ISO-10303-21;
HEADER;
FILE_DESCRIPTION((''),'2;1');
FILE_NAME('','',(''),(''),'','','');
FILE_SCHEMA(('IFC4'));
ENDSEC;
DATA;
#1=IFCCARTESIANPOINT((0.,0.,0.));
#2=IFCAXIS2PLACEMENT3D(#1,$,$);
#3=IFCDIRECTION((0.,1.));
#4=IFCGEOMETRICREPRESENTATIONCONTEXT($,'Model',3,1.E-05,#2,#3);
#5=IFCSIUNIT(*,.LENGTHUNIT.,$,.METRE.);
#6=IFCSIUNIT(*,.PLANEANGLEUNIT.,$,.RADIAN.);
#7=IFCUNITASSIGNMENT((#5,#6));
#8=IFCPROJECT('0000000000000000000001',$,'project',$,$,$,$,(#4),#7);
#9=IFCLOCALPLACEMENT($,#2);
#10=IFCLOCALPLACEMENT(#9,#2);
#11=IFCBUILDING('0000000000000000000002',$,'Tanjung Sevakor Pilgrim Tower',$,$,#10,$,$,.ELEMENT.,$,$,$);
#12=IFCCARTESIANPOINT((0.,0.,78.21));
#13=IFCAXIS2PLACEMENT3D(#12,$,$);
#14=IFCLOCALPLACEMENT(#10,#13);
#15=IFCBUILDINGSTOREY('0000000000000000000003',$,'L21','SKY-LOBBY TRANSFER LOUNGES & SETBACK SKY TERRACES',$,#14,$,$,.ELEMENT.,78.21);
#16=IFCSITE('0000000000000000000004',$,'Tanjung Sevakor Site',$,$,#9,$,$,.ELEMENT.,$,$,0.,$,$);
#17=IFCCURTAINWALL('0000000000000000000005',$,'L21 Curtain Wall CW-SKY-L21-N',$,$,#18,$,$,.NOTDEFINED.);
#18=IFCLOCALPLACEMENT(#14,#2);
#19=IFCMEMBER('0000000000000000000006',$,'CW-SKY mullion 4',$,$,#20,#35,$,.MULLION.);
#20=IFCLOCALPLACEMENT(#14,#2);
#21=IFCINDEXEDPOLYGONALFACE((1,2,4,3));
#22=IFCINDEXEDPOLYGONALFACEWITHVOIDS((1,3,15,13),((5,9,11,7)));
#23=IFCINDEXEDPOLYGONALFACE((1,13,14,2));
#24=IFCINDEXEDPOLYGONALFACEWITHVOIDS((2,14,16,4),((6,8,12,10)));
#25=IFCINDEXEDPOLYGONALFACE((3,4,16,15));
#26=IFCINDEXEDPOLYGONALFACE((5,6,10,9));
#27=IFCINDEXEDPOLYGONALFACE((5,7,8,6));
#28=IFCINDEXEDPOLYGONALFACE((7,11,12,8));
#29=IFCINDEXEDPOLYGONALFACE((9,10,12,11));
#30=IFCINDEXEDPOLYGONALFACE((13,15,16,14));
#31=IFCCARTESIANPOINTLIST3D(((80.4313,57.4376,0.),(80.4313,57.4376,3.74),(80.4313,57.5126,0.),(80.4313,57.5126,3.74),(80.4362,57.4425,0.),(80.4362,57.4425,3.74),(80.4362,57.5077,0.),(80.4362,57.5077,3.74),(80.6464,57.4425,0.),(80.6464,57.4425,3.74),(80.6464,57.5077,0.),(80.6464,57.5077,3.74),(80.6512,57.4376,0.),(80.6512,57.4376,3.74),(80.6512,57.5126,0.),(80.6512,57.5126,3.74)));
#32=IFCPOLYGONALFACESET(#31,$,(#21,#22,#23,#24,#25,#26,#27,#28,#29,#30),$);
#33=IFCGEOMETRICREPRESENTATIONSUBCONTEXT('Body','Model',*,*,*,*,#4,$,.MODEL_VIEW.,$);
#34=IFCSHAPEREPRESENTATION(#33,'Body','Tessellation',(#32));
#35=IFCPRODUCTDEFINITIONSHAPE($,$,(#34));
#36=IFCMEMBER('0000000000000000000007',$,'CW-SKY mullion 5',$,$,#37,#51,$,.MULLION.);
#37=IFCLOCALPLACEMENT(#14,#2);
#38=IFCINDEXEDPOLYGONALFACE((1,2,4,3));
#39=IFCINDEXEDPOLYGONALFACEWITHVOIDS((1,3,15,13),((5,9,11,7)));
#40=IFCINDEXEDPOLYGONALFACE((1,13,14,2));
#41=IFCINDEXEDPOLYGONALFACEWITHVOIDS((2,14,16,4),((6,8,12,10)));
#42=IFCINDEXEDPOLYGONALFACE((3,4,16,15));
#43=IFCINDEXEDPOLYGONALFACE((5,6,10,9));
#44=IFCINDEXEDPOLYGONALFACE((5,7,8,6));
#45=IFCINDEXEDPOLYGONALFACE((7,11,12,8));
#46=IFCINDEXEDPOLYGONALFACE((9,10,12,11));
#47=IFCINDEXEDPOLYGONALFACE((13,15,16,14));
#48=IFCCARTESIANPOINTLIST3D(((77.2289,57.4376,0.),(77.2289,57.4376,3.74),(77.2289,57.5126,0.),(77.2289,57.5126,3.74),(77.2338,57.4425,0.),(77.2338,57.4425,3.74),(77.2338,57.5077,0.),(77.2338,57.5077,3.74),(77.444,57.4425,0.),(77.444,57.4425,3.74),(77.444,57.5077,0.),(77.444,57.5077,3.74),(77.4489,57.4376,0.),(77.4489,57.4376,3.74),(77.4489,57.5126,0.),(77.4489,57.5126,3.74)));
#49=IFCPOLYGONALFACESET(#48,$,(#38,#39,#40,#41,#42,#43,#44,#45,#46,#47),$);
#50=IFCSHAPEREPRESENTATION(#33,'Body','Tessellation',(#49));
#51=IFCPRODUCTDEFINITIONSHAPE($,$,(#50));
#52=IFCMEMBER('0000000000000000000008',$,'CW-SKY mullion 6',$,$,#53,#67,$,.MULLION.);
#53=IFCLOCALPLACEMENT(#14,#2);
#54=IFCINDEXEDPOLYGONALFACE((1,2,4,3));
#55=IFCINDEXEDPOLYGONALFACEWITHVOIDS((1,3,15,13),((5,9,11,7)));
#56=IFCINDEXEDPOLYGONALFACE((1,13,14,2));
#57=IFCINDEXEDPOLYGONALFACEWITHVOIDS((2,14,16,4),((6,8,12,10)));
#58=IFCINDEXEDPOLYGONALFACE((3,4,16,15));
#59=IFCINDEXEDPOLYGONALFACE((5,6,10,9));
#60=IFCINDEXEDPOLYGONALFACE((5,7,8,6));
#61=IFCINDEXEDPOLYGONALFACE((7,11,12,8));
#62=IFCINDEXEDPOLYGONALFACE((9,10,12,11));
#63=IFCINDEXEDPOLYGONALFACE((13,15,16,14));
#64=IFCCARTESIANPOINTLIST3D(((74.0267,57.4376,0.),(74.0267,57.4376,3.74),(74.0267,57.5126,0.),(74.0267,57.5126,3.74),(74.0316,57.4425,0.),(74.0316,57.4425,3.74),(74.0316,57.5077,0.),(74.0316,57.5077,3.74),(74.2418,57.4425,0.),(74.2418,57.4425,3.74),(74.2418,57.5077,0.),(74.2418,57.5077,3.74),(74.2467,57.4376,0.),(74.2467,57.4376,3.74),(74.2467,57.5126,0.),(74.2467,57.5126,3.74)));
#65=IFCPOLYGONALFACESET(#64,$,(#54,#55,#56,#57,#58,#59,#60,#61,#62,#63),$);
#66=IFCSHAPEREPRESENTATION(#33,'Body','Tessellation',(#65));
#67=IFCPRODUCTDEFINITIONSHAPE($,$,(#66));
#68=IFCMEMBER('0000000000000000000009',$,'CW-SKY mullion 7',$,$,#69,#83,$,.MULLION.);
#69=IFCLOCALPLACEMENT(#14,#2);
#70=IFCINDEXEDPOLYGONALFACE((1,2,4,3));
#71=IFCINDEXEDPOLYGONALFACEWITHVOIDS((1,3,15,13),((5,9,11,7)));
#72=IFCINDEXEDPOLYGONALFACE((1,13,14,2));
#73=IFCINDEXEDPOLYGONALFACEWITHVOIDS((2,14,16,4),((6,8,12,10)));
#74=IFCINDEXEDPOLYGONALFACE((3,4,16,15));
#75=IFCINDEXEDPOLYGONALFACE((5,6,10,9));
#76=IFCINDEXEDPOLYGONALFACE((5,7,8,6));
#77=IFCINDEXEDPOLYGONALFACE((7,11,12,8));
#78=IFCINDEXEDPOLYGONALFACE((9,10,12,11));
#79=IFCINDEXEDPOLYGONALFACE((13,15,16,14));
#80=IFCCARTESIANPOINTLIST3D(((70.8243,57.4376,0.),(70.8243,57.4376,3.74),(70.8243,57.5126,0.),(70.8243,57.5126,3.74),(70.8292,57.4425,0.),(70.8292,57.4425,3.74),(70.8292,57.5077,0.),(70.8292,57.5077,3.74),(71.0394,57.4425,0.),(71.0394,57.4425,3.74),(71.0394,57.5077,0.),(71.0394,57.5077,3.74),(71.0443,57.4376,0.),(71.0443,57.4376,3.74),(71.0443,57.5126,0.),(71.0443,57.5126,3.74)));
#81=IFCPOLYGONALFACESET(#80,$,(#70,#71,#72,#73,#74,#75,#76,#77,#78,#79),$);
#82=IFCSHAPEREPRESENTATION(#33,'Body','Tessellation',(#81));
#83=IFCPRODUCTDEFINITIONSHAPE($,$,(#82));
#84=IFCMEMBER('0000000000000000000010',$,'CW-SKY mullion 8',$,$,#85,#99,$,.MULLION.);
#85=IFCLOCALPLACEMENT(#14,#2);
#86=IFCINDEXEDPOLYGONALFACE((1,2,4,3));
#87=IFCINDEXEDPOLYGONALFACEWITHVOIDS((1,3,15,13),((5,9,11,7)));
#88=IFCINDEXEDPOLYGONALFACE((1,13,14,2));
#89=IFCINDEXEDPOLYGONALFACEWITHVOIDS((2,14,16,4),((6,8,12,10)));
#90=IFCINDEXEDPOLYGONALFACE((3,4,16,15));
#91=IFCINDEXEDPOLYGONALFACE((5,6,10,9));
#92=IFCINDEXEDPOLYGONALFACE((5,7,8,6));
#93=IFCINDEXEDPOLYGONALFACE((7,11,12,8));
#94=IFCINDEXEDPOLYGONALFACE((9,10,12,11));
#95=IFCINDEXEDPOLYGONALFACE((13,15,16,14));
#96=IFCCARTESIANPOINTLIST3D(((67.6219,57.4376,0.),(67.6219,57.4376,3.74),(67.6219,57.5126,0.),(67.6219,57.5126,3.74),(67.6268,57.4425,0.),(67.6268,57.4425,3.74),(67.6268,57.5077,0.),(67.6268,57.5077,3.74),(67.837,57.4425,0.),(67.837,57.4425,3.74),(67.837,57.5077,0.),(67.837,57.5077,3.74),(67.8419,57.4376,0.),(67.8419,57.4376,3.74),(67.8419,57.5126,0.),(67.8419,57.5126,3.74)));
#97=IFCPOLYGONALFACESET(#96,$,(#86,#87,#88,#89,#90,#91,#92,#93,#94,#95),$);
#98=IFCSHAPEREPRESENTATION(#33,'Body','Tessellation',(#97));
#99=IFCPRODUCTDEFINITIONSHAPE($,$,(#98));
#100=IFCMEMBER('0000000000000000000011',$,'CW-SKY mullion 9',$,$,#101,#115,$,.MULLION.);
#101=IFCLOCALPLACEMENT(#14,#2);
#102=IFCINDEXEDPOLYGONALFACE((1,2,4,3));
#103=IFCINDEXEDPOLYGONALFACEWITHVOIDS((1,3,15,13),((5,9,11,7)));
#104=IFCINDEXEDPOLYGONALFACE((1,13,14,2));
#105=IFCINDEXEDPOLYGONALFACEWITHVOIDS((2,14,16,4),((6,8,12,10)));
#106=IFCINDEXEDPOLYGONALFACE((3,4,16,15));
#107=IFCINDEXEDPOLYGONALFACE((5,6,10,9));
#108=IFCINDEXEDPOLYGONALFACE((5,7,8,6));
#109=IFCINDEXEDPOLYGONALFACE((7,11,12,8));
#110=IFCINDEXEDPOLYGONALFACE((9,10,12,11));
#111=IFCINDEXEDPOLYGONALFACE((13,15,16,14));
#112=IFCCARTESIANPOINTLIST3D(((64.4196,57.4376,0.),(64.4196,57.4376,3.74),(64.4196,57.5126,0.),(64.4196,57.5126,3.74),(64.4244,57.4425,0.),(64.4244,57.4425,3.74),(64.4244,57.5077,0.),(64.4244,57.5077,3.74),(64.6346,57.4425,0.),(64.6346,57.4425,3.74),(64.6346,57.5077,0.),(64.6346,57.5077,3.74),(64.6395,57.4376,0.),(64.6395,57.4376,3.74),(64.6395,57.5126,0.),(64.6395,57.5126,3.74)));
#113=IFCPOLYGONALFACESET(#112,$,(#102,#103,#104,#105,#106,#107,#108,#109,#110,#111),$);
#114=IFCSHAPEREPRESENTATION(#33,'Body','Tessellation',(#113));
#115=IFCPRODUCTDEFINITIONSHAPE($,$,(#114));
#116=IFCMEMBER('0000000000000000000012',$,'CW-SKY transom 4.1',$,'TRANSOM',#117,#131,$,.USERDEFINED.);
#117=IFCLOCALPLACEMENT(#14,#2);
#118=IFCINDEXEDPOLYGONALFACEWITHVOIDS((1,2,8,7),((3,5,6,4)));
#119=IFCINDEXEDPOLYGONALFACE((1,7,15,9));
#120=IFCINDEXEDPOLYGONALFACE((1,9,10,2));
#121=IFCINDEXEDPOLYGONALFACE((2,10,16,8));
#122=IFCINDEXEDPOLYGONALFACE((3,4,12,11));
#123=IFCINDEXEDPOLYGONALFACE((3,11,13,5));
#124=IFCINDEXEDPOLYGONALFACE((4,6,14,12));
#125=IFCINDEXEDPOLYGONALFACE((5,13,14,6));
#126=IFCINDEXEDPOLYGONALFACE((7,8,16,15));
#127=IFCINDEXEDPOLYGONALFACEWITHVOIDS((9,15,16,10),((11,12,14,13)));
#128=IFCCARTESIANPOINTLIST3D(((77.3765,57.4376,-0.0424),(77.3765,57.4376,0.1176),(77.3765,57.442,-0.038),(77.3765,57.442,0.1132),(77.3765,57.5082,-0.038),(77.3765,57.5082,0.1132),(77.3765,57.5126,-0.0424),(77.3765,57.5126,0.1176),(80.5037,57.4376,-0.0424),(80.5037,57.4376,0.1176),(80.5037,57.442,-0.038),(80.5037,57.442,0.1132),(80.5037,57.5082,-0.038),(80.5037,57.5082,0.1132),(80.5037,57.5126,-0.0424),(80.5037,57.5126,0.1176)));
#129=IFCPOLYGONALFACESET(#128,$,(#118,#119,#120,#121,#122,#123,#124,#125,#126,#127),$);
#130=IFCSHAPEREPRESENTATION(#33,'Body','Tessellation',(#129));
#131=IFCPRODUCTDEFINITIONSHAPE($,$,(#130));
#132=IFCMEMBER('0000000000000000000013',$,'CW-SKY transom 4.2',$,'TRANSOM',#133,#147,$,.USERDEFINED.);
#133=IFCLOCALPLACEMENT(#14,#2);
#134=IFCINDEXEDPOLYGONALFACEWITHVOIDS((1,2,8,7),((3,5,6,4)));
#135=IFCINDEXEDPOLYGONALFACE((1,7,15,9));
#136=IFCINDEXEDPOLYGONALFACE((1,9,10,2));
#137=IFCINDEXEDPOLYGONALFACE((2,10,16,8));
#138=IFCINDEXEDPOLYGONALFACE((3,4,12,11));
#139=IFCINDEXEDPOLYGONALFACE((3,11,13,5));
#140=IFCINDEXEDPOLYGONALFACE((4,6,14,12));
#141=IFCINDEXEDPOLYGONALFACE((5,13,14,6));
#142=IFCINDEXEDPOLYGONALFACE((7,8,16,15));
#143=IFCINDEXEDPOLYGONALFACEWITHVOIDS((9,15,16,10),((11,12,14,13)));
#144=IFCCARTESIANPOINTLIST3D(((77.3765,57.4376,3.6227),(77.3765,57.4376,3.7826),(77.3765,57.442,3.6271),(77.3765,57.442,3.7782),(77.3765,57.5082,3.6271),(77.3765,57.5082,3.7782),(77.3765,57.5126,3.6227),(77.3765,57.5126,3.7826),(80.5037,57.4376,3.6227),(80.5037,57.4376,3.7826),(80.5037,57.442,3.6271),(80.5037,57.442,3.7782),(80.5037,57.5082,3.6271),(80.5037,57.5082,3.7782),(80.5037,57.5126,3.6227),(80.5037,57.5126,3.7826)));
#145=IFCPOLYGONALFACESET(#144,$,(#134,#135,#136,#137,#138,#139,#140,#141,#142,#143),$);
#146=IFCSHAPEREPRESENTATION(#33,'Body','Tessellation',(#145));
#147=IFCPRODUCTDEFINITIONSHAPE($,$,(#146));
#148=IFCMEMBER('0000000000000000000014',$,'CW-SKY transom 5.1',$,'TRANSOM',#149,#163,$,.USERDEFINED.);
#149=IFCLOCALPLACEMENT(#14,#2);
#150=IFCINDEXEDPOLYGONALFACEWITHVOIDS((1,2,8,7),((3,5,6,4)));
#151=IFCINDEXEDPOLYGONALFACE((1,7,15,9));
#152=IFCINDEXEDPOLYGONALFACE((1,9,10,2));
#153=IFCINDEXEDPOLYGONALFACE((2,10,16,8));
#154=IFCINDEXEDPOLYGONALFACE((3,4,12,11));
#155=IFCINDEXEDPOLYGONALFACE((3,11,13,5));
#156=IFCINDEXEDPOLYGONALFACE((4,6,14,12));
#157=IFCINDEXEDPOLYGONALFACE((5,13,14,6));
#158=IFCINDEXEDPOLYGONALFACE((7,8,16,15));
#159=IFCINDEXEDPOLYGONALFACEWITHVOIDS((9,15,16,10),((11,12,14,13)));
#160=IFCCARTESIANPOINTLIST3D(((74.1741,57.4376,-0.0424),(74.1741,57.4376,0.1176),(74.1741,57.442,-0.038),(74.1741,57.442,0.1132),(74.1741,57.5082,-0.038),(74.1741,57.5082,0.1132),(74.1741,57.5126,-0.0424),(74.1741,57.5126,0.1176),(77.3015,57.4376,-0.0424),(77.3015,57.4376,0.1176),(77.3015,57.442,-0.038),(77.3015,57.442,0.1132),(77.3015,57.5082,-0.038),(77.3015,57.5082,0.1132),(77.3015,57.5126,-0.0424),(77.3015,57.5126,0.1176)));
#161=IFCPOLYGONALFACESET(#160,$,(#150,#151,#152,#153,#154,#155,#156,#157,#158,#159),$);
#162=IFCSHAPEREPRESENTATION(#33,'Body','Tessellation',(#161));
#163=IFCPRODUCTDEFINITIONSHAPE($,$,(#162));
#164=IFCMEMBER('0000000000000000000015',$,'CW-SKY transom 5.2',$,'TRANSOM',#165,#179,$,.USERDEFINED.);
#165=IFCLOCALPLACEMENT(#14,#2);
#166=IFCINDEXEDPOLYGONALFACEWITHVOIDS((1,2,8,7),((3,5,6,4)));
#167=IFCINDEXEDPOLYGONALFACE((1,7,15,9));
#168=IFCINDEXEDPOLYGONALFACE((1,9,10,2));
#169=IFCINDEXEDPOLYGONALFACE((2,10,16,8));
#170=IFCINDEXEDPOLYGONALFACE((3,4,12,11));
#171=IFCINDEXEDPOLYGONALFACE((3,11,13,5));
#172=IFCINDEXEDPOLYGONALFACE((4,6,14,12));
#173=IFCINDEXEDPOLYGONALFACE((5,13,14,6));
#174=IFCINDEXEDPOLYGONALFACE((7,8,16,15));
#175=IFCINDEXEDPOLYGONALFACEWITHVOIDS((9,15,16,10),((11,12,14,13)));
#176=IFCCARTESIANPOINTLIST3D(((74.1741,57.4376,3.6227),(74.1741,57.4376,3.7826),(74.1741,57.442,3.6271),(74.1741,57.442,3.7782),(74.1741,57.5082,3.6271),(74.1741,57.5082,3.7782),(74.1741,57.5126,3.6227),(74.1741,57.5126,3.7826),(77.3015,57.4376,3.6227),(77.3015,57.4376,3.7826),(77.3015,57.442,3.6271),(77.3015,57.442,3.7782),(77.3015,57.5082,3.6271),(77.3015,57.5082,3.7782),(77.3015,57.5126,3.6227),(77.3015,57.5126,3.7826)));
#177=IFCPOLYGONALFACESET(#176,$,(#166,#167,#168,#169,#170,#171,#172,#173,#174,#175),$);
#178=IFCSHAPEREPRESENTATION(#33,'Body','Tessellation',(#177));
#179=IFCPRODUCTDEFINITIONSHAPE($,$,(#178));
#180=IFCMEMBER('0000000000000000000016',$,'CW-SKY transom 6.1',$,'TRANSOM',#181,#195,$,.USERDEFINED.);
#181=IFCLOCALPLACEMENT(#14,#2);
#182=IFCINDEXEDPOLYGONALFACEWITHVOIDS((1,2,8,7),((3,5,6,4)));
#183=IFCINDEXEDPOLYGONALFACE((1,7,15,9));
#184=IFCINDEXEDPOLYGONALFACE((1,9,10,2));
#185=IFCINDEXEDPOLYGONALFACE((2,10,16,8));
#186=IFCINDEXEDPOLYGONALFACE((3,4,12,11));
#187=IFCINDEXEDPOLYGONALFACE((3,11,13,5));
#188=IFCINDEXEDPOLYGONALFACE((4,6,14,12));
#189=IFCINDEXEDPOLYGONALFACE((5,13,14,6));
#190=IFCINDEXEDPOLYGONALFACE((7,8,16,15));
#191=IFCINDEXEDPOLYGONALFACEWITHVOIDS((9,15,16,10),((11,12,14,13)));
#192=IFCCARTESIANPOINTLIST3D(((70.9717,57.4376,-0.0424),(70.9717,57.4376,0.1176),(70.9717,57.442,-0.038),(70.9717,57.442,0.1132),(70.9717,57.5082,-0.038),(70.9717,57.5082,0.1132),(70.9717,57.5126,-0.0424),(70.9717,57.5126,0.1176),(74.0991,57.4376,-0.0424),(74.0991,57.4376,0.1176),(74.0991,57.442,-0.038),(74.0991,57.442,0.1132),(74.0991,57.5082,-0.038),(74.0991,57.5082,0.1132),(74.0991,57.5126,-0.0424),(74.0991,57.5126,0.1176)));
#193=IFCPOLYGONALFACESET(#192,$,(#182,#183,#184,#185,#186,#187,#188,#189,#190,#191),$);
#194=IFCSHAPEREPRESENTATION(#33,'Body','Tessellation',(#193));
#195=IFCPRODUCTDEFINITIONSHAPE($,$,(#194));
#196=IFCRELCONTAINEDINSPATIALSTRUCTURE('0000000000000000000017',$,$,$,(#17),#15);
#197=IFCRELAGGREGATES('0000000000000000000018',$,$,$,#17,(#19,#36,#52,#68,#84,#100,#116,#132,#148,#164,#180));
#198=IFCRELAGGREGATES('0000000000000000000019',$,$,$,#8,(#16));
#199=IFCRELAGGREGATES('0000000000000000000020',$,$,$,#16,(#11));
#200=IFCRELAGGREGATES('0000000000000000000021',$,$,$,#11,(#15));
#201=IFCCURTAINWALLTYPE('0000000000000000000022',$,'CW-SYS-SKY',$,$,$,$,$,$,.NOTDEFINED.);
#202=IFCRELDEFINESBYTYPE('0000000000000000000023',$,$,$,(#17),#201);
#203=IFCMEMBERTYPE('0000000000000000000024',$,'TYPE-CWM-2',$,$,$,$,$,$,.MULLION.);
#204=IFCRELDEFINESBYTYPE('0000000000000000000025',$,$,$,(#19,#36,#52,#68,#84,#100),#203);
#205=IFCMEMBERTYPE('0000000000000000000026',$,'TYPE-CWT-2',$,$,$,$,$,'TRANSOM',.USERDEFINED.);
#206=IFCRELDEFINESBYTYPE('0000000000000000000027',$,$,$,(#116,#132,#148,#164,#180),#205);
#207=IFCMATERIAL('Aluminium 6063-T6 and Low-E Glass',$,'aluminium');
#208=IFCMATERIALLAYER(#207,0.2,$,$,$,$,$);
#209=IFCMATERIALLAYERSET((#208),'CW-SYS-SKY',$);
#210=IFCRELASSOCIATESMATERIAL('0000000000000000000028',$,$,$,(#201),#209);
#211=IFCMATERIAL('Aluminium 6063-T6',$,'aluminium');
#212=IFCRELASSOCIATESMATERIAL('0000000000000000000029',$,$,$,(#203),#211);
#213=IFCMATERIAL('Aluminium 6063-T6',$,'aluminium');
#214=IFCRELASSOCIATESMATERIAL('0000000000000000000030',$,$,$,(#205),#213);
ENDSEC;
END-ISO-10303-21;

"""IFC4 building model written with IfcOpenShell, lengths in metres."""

from ifc_helpers import new_model, si_unit, direction, frame, origin, origin_2d, place, context, subcontext, project, spatial, hollow_rectangle, extrude, material, layer, layer_set, material_profile, profile_set, type_object, element, aggregate, save


model = new_model("IFC4")

# Units and contexts
model_context = context("Model", 3, precision=1e-05, world=origin(), true_north=direction((0.0, 1.0)))
body_context = subcontext(model_context, "Body", "Model", "MODEL_VIEW")
ifc_project = project(units=[si_unit("LENGTHUNIT", "METRE"), si_unit("PLANEANGLEUNIT", "RADIAN")], contexts=[model_context])

# Site, building, storey
site_placement = place(None, origin())
site = spatial("IfcSite", under=ifc_project, at=site_placement, Name="Tanjung Sevakor Site", CompositionType="ELEMENT", RefElevation=0.0)
building_placement = place(site_placement, origin())
building = spatial("IfcBuilding", under=site, at=building_placement, Name="Tanjung Sevakor Pilgrim Tower", CompositionType="ELEMENT")
storey_placement = place(building_placement, frame((0.0, 0.0, 78.21)))
storey = spatial("IfcBuildingStorey", under=building, at=storey_placement, Name="L21", Description="SKY-LOBBY TRANSFER LOUNGES & SETBACK SKY TERRACES", CompositionType="ELEMENT", Elevation=78.21)

# Curtain wall, members
ifc_material_1 = material(Name="Aluminium 6063-T6 and Low-E Glass", Category="aluminium")
ifc_layer_1 = layer(ifc_material_1, 0.2)
ifc_layer_set_1 = layer_set([ifc_layer_1], Name="CW-SYS-SKY")
curtain_wall_type = type_object("IfcCurtainWallType", Name="CW-SYS-SKY", PredefinedType="NOTDEFINED", material=ifc_layer_set_1)
curtain_wall_placement = place(storey_placement, origin())
curtain_wall = element("IfcCurtainWall", 1, at=curtain_wall_placement, inside=storey, type_object=curtain_wall_type, Name="L21 Curtain Wall CW-SKY-L21-N", PredefinedType="NOTDEFINED")
ifc_material_2 = material(Name="Aluminium 6063-T6", Category="aluminium")
ifc_material_profile_1 = material_profile(ifc_material_2, hollow_rectangle(XDim=0.075, YDim=0.22, WallThickness=0.0049, at=origin_2d()))
ifc_profile_set_1 = profile_set([ifc_material_profile_1], Name="Aluminium 6063-T6")
member_type_1 = type_object("IfcMemberType", Name="TYPE-CWM-2", PredefinedType="MULLION", material=ifc_profile_set_1)
member_1_placement = place(storey_placement, frame((80.5413, 57.4751, 0.0), z_axis=(0.0, 0.0, 1.0), x_axis=(0.0, -1.0, 0.0)))
member_1 = element("IfcMember", 2, at=member_1_placement, type_object=member_type_1, Name="CW-SKY mullion 4", PredefinedType="MULLION", context=body_context, shape_type="SweptSolid", body=[
    extrude(hollow_rectangle(XDim=0.075, YDim=0.22, WallThickness=0.0049, at=origin_2d()), origin(), (0.0, 0.0, 1.0), 3.74),
])
member_2_placement = place(storey_placement, frame((77.3389, 57.4751, 0.0), z_axis=(0.0, 0.0, 1.0), x_axis=(0.0, -1.0, 0.0)))
member_2 = element("IfcMember", 3, at=member_2_placement, type_object=member_type_1, Name="CW-SKY mullion 5", PredefinedType="MULLION", context=body_context, shape_type="SweptSolid", body=[
    extrude(hollow_rectangle(XDim=0.075, YDim=0.22, WallThickness=0.0049, at=origin_2d()), origin(), (0.0, 0.0, 1.0), 3.74),
])
member_3_placement = place(storey_placement, frame((74.1367, 57.4751, 0.0), z_axis=(0.0, 0.0, 1.0), x_axis=(0.0, -1.0, 0.0)))
member_3 = element("IfcMember", 4, at=member_3_placement, type_object=member_type_1, Name="CW-SKY mullion 6", PredefinedType="MULLION", context=body_context, shape_type="SweptSolid", body=[
    extrude(hollow_rectangle(XDim=0.075, YDim=0.22, WallThickness=0.0049, at=origin_2d()), origin(), (0.0, 0.0, 1.0), 3.74),
])
member_4_placement = place(storey_placement, frame((70.9343, 57.4751, 0.0), z_axis=(0.0, 0.0, 1.0), x_axis=(0.0, -1.0, 0.0)))
member_4 = element("IfcMember", 5, at=member_4_placement, type_object=member_type_1, Name="CW-SKY mullion 7", PredefinedType="MULLION", context=body_context, shape_type="SweptSolid", body=[
    extrude(hollow_rectangle(XDim=0.075, YDim=0.22, WallThickness=0.0049, at=origin_2d()), origin(), (0.0, 0.0, 1.0), 3.74),
])
member_5_placement = place(storey_placement, frame((67.7319, 57.4751, 0.0), z_axis=(0.0, 0.0, 1.0), x_axis=(0.0, -1.0, 0.0)))
member_5 = element("IfcMember", 6, at=member_5_placement, type_object=member_type_1, Name="CW-SKY mullion 8", PredefinedType="MULLION", context=body_context, shape_type="SweptSolid", body=[
    extrude(hollow_rectangle(XDim=0.075, YDim=0.22, WallThickness=0.0049, at=origin_2d()), origin(), (0.0, 0.0, 1.0), 3.74),
])
member_6_placement = place(storey_placement, frame((64.5295, 57.4751, 0.0), z_axis=(0.0, 0.0, 1.0), x_axis=(0.0, -1.0, 0.0)))
member_6 = element("IfcMember", 7, at=member_6_placement, type_object=member_type_1, Name="CW-SKY mullion 9", PredefinedType="MULLION", context=body_context, shape_type="SweptSolid", body=[
    extrude(hollow_rectangle(XDim=0.075, YDim=0.22, WallThickness=0.0049, at=origin_2d()), origin(), (0.0, 0.0, 1.0), 3.74),
])
ifc_material_3 = material(Name="Aluminium 6063-T6", Category="aluminium")
ifc_material_profile_2 = material_profile(ifc_material_3, hollow_rectangle(XDim=0.075, YDim=0.1599, WallThickness=0.0044, at=origin_2d()))
ifc_profile_set_2 = profile_set([ifc_material_profile_2], Name="Aluminium 6063-T6")
member_type_2 = type_object("IfcMemberType", Name="TYPE-CWT-2", ElementType="TRANSOM", PredefinedType="USERDEFINED", material=ifc_profile_set_2)
member_7_placement = place(storey_placement, frame((80.5037, 57.4751, 0.0376), z_axis=(-1.0, 0.0, 0.0), x_axis=(0.0, -1.0, 0.0)))
member_7 = element("IfcMember", 8, at=member_7_placement, type_object=member_type_2, Name="CW-SKY transom 4.1", ObjectType="TRANSOM", PredefinedType="USERDEFINED", context=body_context, shape_type="SweptSolid", body=[
    extrude(hollow_rectangle(XDim=0.075, YDim=0.1599, WallThickness=0.0044, at=origin_2d()), origin(), (0.0, 0.0, 1.0), 3.1272),
])
member_8_placement = place(storey_placement, frame((80.5037, 57.4751, 3.7026), z_axis=(-1.0, 0.0, 0.0), x_axis=(0.0, -1.0, 0.0)))
member_8 = element("IfcMember", 9, at=member_8_placement, type_object=member_type_2, Name="CW-SKY transom 4.2", ObjectType="TRANSOM", PredefinedType="USERDEFINED", context=body_context, shape_type="SweptSolid", body=[
    extrude(hollow_rectangle(XDim=0.075, YDim=0.1599, WallThickness=0.0044, at=origin_2d()), origin(), (0.0, 0.0, 1.0), 3.1272),
])
member_9_placement = place(storey_placement, frame((77.3015, 57.4751, 0.0376), z_axis=(-1.0, 0.0, 0.0), x_axis=(0.0, -1.0, 0.0)))
member_9 = element("IfcMember", 10, at=member_9_placement, type_object=member_type_2, Name="CW-SKY transom 5.1", ObjectType="TRANSOM", PredefinedType="USERDEFINED", context=body_context, shape_type="SweptSolid", body=[
    extrude(hollow_rectangle(XDim=0.075, YDim=0.1599, WallThickness=0.0044, at=origin_2d()), origin(), (0.0, 0.0, 1.0), 3.1274),
])
member_10_placement = place(storey_placement, frame((77.3015, 57.4751, 3.7026), z_axis=(-1.0, 0.0, 0.0), x_axis=(0.0, -1.0, 0.0)))
member_10 = element("IfcMember", 11, at=member_10_placement, type_object=member_type_2, Name="CW-SKY transom 5.2", ObjectType="TRANSOM", PredefinedType="USERDEFINED", context=body_context, shape_type="SweptSolid", body=[
    extrude(hollow_rectangle(XDim=0.075, YDim=0.1599, WallThickness=0.0044, at=origin_2d()), origin(), (0.0, 0.0, 1.0), 3.1274),
])
member_11_placement = place(storey_placement, frame((74.0991, 57.4751, 0.0376), z_axis=(-1.0, 0.0, 0.0), x_axis=(0.0, -1.0, 0.0)))
member_11 = element("IfcMember", 12, at=member_11_placement, type_object=member_type_2, Name="CW-SKY transom 6.1", ObjectType="TRANSOM", PredefinedType="USERDEFINED", context=body_context, shape_type="SweptSolid", body=[
    extrude(hollow_rectangle(XDim=0.075, YDim=0.1599, WallThickness=0.0044, at=origin_2d()), origin(), (0.0, 0.0, 1.0), 3.1274),
])
aggregate(curtain_wall, [member_1, member_2, member_3, member_4, member_5, member_6, member_7, member_8, member_9, member_10, member_11])

save(model, "model.ifc")
